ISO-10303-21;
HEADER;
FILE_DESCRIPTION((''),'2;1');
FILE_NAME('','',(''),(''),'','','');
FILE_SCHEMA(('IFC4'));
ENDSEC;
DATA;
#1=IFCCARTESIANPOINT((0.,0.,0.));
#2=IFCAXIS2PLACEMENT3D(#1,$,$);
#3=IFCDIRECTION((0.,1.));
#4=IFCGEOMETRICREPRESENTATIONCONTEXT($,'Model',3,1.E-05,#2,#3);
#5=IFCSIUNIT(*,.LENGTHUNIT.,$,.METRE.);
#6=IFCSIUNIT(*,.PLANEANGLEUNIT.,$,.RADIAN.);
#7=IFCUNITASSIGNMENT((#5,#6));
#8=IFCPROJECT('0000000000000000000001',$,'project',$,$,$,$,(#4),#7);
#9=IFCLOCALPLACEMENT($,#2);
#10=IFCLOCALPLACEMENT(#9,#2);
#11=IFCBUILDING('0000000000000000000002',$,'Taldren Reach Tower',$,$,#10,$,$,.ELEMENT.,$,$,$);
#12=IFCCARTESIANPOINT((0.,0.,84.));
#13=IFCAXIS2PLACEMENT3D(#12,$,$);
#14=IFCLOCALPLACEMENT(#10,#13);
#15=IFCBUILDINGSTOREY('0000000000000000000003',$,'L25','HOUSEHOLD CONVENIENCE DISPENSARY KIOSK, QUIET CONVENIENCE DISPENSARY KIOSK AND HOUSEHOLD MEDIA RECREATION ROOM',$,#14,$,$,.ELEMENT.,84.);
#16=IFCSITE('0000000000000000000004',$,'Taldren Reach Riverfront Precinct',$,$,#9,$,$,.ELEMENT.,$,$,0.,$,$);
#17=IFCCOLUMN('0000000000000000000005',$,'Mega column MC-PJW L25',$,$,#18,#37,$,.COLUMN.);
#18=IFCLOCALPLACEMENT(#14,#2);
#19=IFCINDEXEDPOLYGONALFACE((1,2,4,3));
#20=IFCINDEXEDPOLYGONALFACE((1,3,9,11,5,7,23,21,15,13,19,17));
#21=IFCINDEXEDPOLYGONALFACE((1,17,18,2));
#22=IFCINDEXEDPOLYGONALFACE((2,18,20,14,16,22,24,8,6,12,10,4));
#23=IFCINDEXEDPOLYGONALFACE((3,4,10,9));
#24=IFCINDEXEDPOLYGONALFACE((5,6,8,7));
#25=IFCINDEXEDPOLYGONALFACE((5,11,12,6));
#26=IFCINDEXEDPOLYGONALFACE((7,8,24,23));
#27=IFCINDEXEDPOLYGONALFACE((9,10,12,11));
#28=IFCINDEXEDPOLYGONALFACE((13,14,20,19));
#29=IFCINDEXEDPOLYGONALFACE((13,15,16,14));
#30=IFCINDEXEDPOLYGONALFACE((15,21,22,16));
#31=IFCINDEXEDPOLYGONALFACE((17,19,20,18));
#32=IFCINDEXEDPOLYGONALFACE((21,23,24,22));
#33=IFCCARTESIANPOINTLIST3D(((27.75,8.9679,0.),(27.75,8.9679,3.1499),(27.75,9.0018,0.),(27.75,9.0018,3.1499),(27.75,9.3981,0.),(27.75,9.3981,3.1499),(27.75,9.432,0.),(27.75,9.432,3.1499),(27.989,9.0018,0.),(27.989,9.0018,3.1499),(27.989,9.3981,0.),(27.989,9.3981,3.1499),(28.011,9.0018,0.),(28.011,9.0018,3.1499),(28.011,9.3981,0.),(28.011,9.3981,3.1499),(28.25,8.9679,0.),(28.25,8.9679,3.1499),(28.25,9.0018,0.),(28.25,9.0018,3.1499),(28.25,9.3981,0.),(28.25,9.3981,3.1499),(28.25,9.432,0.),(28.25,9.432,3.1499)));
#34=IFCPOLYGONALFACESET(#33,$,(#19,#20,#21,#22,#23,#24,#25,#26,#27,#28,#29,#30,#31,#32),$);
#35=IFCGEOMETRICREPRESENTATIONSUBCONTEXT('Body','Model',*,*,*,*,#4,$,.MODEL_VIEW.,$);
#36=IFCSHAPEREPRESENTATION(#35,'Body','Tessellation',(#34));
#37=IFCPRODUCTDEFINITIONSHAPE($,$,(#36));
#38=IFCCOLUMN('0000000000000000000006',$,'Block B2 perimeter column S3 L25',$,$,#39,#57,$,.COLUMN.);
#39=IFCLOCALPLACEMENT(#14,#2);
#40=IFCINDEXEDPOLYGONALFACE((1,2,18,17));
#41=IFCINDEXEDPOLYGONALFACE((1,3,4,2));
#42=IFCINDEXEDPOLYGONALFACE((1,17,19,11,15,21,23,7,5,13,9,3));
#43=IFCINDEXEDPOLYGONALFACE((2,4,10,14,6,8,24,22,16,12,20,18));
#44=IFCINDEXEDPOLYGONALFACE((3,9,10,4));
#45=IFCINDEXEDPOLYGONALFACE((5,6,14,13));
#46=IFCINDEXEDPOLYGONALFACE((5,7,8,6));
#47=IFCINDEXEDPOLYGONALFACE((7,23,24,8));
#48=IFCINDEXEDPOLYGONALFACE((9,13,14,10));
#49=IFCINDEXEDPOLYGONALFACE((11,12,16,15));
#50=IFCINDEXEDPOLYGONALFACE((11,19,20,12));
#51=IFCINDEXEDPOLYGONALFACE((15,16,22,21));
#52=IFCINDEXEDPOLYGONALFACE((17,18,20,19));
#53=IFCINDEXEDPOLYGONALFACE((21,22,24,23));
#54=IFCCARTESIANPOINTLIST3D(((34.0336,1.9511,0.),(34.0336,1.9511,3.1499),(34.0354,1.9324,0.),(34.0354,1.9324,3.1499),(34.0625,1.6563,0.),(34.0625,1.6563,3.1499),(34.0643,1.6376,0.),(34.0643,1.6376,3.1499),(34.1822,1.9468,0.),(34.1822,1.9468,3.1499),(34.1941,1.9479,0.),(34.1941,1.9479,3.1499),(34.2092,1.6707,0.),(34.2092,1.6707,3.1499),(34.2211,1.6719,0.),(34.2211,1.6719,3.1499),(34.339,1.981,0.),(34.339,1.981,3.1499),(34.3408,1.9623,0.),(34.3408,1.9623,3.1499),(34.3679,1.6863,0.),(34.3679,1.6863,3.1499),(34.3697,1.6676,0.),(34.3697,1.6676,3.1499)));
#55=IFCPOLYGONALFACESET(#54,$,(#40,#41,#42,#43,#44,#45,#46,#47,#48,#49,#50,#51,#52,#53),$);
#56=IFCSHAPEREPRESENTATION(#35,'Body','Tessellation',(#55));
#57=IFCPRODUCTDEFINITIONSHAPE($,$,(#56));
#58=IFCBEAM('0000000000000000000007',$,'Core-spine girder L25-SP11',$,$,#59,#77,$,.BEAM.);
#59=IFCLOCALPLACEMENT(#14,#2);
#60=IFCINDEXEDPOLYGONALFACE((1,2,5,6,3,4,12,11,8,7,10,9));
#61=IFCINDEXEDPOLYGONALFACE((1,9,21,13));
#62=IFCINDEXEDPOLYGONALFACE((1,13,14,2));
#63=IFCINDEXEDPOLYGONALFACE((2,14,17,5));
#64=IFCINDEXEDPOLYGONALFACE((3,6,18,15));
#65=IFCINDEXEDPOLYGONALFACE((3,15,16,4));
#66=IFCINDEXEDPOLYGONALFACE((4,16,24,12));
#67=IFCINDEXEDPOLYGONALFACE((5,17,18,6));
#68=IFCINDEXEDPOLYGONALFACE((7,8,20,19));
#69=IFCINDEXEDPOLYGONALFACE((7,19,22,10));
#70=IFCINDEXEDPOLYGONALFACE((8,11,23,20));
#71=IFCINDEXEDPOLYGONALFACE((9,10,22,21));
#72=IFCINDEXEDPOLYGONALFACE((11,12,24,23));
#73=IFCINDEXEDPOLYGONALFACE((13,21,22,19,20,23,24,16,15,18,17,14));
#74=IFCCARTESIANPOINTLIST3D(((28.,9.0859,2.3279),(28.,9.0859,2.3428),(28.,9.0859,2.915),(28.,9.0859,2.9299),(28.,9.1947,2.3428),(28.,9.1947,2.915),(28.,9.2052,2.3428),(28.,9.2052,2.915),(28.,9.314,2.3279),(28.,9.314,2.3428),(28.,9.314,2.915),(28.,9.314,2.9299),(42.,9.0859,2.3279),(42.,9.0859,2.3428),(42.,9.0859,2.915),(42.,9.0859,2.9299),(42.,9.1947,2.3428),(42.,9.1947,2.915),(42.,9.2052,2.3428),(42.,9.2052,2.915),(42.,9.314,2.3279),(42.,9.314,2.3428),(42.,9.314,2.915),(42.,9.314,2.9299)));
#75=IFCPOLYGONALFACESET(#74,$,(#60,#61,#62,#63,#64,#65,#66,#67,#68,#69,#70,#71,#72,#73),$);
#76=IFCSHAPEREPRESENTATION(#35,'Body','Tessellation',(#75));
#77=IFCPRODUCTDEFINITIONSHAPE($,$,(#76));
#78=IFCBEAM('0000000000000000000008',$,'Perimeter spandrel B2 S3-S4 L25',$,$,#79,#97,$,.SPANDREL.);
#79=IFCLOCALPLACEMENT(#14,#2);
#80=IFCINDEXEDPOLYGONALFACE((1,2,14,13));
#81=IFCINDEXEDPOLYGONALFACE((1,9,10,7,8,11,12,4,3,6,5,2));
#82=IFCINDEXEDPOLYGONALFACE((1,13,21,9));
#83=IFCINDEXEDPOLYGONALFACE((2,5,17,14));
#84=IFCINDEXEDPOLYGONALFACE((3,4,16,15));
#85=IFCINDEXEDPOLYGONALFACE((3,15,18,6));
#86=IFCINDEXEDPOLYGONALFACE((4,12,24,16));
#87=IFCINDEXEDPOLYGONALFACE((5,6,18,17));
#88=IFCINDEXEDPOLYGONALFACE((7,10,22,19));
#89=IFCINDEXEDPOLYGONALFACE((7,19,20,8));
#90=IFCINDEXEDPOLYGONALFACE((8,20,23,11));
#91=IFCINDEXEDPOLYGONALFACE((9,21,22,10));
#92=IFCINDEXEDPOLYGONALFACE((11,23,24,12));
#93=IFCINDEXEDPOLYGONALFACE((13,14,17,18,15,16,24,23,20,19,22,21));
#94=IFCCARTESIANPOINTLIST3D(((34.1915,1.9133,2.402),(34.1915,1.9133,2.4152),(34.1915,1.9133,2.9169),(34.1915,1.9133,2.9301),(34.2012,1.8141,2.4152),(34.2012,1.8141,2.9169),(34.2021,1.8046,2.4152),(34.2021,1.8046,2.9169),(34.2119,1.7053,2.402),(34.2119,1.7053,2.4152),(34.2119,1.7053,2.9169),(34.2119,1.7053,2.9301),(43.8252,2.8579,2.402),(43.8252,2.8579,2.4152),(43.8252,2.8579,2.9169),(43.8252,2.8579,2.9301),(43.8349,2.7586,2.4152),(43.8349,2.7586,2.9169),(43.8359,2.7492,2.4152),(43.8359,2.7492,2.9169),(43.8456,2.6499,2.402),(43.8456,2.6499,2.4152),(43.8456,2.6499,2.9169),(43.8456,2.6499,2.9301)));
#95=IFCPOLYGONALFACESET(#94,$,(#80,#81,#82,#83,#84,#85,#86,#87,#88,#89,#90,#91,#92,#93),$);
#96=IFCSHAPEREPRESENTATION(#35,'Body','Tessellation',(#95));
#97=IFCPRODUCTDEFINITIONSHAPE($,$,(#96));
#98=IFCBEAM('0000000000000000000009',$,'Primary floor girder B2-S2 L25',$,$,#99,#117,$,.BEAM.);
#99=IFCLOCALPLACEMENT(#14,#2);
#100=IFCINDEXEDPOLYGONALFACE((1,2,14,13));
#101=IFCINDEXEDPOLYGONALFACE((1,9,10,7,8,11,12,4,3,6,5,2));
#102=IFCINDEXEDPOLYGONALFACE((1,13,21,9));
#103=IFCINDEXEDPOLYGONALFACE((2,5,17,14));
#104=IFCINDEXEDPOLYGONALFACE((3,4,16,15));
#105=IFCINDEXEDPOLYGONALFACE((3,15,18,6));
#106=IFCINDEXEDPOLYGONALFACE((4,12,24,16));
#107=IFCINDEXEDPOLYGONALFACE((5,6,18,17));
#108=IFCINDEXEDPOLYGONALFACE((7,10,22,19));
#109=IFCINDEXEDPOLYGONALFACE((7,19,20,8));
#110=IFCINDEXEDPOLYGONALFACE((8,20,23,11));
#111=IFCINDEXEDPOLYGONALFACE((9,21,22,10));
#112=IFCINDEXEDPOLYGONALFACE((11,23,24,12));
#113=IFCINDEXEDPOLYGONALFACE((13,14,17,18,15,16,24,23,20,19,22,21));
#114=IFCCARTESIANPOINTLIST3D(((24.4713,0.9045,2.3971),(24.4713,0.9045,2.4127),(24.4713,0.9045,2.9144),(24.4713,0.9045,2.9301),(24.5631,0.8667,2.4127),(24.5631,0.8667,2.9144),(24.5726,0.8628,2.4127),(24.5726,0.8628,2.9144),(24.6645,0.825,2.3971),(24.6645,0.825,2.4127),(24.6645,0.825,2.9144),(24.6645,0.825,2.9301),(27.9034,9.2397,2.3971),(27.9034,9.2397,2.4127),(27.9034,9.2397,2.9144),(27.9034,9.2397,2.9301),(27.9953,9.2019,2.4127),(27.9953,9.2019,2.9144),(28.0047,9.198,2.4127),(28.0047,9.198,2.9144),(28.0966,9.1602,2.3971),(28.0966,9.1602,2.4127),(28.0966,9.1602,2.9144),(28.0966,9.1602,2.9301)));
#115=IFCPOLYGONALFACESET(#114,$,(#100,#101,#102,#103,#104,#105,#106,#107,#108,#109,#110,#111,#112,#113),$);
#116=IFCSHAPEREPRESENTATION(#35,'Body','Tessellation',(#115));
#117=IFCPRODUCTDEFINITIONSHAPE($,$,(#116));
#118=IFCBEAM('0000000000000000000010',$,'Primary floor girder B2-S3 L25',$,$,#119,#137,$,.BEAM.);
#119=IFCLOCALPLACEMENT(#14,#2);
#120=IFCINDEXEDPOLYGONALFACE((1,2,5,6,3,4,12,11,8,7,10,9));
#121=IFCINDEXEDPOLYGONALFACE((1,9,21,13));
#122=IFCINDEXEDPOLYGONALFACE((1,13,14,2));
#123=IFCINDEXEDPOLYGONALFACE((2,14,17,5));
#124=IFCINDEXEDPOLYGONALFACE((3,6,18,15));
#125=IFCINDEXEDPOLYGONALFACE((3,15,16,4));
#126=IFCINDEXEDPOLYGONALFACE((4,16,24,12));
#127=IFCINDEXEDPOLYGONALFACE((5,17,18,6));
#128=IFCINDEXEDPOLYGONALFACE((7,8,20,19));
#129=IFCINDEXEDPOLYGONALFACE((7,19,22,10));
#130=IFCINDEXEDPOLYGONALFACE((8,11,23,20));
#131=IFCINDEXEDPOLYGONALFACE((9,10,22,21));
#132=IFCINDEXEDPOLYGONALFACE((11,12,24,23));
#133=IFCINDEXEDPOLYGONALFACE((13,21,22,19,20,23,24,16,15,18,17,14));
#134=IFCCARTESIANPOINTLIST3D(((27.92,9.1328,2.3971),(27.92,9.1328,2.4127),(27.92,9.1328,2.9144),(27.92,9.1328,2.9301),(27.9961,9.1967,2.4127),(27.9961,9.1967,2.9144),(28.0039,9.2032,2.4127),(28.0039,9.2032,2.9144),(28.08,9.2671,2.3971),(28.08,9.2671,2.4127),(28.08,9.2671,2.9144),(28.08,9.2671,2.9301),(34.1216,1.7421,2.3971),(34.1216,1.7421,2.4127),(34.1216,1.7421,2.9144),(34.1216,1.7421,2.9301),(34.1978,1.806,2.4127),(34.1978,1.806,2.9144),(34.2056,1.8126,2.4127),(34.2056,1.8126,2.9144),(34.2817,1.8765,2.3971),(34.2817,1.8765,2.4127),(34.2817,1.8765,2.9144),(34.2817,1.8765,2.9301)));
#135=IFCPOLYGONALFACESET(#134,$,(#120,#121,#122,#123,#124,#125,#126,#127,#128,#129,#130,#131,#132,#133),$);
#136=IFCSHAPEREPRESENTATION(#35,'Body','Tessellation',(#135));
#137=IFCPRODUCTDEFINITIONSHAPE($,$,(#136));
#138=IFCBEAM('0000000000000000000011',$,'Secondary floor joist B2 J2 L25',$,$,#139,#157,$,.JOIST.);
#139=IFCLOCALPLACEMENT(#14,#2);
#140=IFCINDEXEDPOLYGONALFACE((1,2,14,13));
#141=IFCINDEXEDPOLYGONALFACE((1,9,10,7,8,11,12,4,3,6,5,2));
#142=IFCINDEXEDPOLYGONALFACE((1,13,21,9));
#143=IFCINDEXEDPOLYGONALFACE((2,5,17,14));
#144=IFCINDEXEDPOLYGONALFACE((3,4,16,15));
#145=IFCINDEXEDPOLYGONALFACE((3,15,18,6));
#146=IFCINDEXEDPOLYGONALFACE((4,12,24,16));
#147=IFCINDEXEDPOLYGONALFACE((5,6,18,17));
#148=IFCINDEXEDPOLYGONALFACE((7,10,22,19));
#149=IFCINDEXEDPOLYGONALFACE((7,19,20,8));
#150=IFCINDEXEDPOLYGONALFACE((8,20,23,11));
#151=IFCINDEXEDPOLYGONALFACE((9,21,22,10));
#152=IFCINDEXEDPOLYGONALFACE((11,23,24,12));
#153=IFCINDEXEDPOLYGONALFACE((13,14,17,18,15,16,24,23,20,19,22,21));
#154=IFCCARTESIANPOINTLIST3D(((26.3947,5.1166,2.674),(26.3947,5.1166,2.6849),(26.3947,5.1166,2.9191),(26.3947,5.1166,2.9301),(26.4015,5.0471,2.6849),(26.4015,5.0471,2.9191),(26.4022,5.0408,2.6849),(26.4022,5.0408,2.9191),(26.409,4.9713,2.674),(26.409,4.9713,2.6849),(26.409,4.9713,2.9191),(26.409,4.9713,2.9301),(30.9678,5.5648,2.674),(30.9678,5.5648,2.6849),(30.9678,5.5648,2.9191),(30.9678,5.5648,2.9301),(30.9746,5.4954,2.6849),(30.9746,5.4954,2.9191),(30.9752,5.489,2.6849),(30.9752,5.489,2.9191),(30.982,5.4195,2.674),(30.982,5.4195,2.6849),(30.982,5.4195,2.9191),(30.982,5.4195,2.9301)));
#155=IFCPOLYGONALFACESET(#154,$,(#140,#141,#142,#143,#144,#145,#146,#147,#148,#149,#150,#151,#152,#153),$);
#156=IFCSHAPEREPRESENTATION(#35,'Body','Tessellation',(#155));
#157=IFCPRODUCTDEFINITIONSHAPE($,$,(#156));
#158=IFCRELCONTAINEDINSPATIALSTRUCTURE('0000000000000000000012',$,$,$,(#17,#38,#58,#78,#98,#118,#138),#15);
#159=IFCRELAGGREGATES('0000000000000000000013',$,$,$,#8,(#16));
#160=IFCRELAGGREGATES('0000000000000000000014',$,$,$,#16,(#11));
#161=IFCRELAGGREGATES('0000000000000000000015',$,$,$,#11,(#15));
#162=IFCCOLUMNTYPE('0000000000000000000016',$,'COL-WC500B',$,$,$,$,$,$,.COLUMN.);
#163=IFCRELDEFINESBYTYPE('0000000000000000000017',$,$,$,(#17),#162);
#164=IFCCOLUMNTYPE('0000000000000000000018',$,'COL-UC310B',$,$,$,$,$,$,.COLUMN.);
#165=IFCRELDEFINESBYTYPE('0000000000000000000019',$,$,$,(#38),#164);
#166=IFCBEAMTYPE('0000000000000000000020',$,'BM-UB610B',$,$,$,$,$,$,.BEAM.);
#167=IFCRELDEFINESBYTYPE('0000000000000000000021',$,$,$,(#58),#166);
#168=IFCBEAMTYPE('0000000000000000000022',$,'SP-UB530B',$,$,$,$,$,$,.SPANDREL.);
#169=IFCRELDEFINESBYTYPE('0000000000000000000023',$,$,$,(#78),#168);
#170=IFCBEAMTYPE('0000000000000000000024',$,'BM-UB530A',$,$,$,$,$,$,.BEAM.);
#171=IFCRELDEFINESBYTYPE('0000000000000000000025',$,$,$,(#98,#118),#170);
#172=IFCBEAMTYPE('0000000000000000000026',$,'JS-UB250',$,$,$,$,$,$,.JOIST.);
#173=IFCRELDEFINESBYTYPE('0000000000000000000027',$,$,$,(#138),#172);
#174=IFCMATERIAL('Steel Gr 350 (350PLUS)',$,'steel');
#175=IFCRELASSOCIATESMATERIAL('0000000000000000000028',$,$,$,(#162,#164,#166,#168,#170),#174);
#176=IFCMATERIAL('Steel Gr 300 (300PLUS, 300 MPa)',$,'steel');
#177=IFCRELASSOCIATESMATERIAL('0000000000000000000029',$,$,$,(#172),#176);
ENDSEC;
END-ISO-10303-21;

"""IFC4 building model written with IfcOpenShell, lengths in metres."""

from ifc_helpers import new_model, si_unit, direction, frame, origin, origin_2d, place, context, subcontext, project, spatial, i_section, extrude, source, transform, mapped, material, material_profile, profile_set, type_object, element, save


model = new_model("IFC4")

# Units and contexts
model_context = context("Model", 3, precision=1e-05, world=origin(), true_north=direction((0.0, 1.0)))
body_context = subcontext(model_context, "Body", "Model", "MODEL_VIEW")
ifc_project = project(units=[si_unit("LENGTHUNIT", "METRE"), si_unit("PLANEANGLEUNIT", "RADIAN")], contexts=[model_context])

# Site, building, storey
site_placement = place(None, origin())
site = spatial("IfcSite", under=ifc_project, at=site_placement, Name="Taldren Reach Riverfront Precinct", CompositionType="ELEMENT", RefElevation=0.0)
building_placement = place(site_placement, origin())
building = spatial("IfcBuilding", under=site, at=building_placement, Name="Taldren Reach Tower", CompositionType="ELEMENT")
storey_placement = place(building_placement, frame((0.0, 0.0, 84.0)))
storey = spatial("IfcBuildingStorey", under=building, at=storey_placement, Name="L25", Description="HOUSEHOLD CONVENIENCE DISPENSARY KIOSK, QUIET CONVENIENCE DISPENSARY KIOSK AND HOUSEHOLD MEDIA RECREATION ROOM", CompositionType="ELEMENT", Elevation=84.0)

# Columns
ifc_material_1 = material(Name="Steel Gr 350 (350PLUS)", Category="steel")
ifc_material_profile_1 = material_profile(ifc_material_1, i_section(OverallWidth=0.5, OverallDepth=0.4641, WebThickness=0.022, FlangeThickness=0.0339, at=origin_2d()), Name="500WC340")
ifc_profile_set_1 = profile_set([ifc_material_profile_1], Name="Steel Gr 350 (350PLUS)")
column_type_1 = type_object("IfcColumnType", Name="COL-WC500B", PredefinedType="COLUMN", material=ifc_profile_set_1)
shared_shape_1 = source(origin(), body_context, "Body", "SweptSolid", [
    extrude(i_section(OverallWidth=0.5, OverallDepth=0.4641, WebThickness=0.022, FlangeThickness=0.0339, at=origin_2d()), origin(), (0.0, 0.0, 1.0), 3.1499),
])
column_1_placement = place(storey_placement, frame((28.0, 9.2, 0.0), z_axis=(0.0, 0.0, 1.0), x_axis=(1.0, 0.0, 0.0)))
element("IfcColumn", 1, at=column_1_placement, inside=storey, type_object=column_type_1, Name="Mega column MC-PJW L25", PredefinedType="COLUMN", context=body_context, shape_type="MappedRepresentation", body=[
    mapped(shared_shape_1, transform((0.0, 0.0, 0.0), scale=1.0)),
])
ifc_material_profile_2 = material_profile(ifc_material_1, i_section(OverallWidth=0.3069, OverallDepth=0.3149, WebThickness=0.012, FlangeThickness=0.0188, at=origin_2d()), Name="310UC118")
ifc_profile_set_2 = profile_set([ifc_material_profile_2], Name="Steel Gr 350 (350PLUS)")
column_type_2 = type_object("IfcColumnType", Name="COL-UC310B", PredefinedType="COLUMN", material=ifc_profile_set_2)
shared_shape_2 = source(origin(), body_context, "Body", "SweptSolid", [
    extrude(i_section(OverallWidth=0.3069, OverallDepth=0.3149, WebThickness=0.012, FlangeThickness=0.0188, at=origin_2d()), origin(), (0.0, 0.0, 1.0), 3.1499),
])
column_2_placement = place(storey_placement, frame((34.2017, 1.8093, 0.0), z_axis=(0.0, 0.0, 1.0), x_axis=(0.995227, 0.097583, 0.0)))
element("IfcColumn", 2, at=column_2_placement, inside=storey, type_object=column_type_2, Name="Block B2 perimeter column S3 L25", PredefinedType="COLUMN", context=body_context, shape_type="MappedRepresentation", body=[
    mapped(shared_shape_2, transform((0.0, 0.0, 0.0), scale=1.0)),
])

# Beams
ifc_material_profile_3 = material_profile(ifc_material_1, i_section(OverallWidth=0.228, OverallDepth=0.6021, WebThickness=0.0105, FlangeThickness=0.0149, at=origin_2d()), Name="610UB101")
ifc_profile_set_3 = profile_set([ifc_material_profile_3], Name="Steel Gr 350 (350PLUS)")
beam_type_1 = type_object("IfcBeamType", Name="BM-UB610B", PredefinedType="BEAM", material=ifc_profile_set_3)
shared_shape_3 = source(origin(), body_context, "Body", "SweptSolid", [
    extrude(i_section(OverallWidth=0.228, OverallDepth=0.6021, WebThickness=0.0105, FlangeThickness=0.0149, at=origin_2d()), origin(), (0.0, 0.0, 1.0), 14.0),
])
beam_1_placement = place(storey_placement, frame((28.0, 9.2, 2.6289), z_axis=(1.0, 0.0, 0.0), x_axis=(0.0, 1.0, 0.0)))
element("IfcBeam", 3, at=beam_1_placement, inside=storey, type_object=beam_type_1, Name="Core-spine girder L25-SP11", PredefinedType="BEAM", context=body_context, shape_type="MappedRepresentation", body=[
    mapped(shared_shape_3, transform((0.0, 0.0, 0.0), scale=1.0)),
])
ifc_material_profile_4 = material_profile(ifc_material_1, i_section(OverallWidth=0.209, OverallDepth=0.5281, WebThickness=0.0095, FlangeThickness=0.0132, at=origin_2d()), Name="530UB82.0")
ifc_profile_set_4 = profile_set([ifc_material_profile_4], Name="Steel Gr 350 (350PLUS)")
beam_type_2 = type_object("IfcBeamType", Name="SP-UB530B", PredefinedType="SPANDREL", material=ifc_profile_set_4)
shared_shape_4 = source(origin(), body_context, "Body", "SweptSolid", [
    extrude(i_section(OverallWidth=0.209, OverallDepth=0.5281, WebThickness=0.0095, FlangeThickness=0.0132, at=origin_2d()), origin(), (0.0, 0.0, 1.0), 9.6799),
])
beam_2_placement = place(storey_placement, frame((34.2017, 1.8093, 2.666), z_axis=(0.995228, 0.097581, 0.0), x_axis=(-0.097581, 0.995228, 0.0)))
element("IfcBeam", 4, at=beam_2_placement, inside=storey, type_object=beam_type_2, Name="Perimeter spandrel B2 S3-S4 L25", PredefinedType="SPANDREL", context=body_context, shape_type="MappedRepresentation", body=[
    mapped(shared_shape_4, transform((0.0, 0.0, 0.0), scale=1.0)),
])
ifc_material_profile_5 = material_profile(ifc_material_1, i_section(OverallWidth=0.209, OverallDepth=0.533, WebThickness=0.0103, FlangeThickness=0.0156, at=origin_2d()), Name="530UB92.4")
ifc_profile_set_5 = profile_set([ifc_material_profile_5], Name="Steel Gr 350 (350PLUS)")
beam_type_3 = type_object("IfcBeamType", Name="BM-UB530A", PredefinedType="BEAM", material=ifc_profile_set_5)
shared_shape_5 = source(origin(), body_context, "Body", "SweptSolid", [
    extrude(i_section(OverallWidth=0.209, OverallDepth=0.533, WebThickness=0.0103, FlangeThickness=0.0156, at=origin_2d()), origin(), (0.0, 0.0, 1.0), 9.0142),
])
beam_3_placement = place(storey_placement, frame((28.0, 9.2, 2.6636), z_axis=(-0.380748, -0.924679, 0.0), x_axis=(0.924679, -0.380748, 0.0)))
element("IfcBeam", 5, at=beam_3_placement, inside=storey, type_object=beam_type_3, Name="Primary floor girder B2-S2 L25", PredefinedType="BEAM", context=body_context, shape_type="MappedRepresentation", body=[
    mapped(shared_shape_5, transform((0.0, 0.0, 0.0), scale=1.0)),
])
shared_shape_6 = source(origin(), body_context, "Body", "SweptSolid", [
    extrude(i_section(OverallWidth=0.209, OverallDepth=0.533, WebThickness=0.0103, FlangeThickness=0.0156, at=origin_2d()), origin(), (0.0, 0.0, 1.0), 9.6479),
])
beam_4_placement = place(storey_placement, frame((28.0, 9.2, 2.6636), z_axis=(0.642799, -0.766035, 0.0), x_axis=(0.766035, 0.642799, 0.0)))
element("IfcBeam", 6, at=beam_4_placement, inside=storey, type_object=beam_type_3, Name="Primary floor girder B2-S3 L25", PredefinedType="BEAM", context=body_context, shape_type="MappedRepresentation", body=[
    mapped(shared_shape_6, transform((0.0, 0.0, 0.0), scale=1.0)),
])
ifc_material_2 = material(Name="Steel Gr 300 (300PLUS, 300 MPa)", Category="steel")
ifc_material_profile_6 = material_profile(ifc_material_2, i_section(OverallWidth=0.146, OverallDepth=0.2561, WebThickness=0.0063, FlangeThickness=0.011, at=origin_2d()), Name="250UB37.3")
ifc_profile_set_6 = profile_set([ifc_material_profile_6], Name="Steel Gr 300 (300PLUS, 300 MPa)")
beam_type_4 = type_object("IfcBeamType", Name="JS-UB250", PredefinedType="JOIST", material=ifc_profile_set_6)
shared_shape_7 = source(origin(), body_context, "Body", "SweptSolid", [
    extrude(i_section(OverallWidth=0.146, OverallDepth=0.2561, WebThickness=0.0063, FlangeThickness=0.011, at=origin_2d()), origin(), (0.0, 0.0, 1.0), 4.595),
])
beam_5_placement = place(storey_placement, frame((26.4019, 5.0439, 2.802), z_axis=(0.99523, 0.097552, 0.0), x_axis=(-0.097552, 0.99523, 0.0)))
element("IfcBeam", 7, at=beam_5_placement, inside=storey, type_object=beam_type_4, Name="Secondary floor joist B2 J2 L25", PredefinedType="JOIST", context=body_context, shape_type="MappedRepresentation", body=[
    mapped(shared_shape_7, transform((0.0, 0.0, 0.0), scale=1.0)),
])

save(model, "model.ifc")
